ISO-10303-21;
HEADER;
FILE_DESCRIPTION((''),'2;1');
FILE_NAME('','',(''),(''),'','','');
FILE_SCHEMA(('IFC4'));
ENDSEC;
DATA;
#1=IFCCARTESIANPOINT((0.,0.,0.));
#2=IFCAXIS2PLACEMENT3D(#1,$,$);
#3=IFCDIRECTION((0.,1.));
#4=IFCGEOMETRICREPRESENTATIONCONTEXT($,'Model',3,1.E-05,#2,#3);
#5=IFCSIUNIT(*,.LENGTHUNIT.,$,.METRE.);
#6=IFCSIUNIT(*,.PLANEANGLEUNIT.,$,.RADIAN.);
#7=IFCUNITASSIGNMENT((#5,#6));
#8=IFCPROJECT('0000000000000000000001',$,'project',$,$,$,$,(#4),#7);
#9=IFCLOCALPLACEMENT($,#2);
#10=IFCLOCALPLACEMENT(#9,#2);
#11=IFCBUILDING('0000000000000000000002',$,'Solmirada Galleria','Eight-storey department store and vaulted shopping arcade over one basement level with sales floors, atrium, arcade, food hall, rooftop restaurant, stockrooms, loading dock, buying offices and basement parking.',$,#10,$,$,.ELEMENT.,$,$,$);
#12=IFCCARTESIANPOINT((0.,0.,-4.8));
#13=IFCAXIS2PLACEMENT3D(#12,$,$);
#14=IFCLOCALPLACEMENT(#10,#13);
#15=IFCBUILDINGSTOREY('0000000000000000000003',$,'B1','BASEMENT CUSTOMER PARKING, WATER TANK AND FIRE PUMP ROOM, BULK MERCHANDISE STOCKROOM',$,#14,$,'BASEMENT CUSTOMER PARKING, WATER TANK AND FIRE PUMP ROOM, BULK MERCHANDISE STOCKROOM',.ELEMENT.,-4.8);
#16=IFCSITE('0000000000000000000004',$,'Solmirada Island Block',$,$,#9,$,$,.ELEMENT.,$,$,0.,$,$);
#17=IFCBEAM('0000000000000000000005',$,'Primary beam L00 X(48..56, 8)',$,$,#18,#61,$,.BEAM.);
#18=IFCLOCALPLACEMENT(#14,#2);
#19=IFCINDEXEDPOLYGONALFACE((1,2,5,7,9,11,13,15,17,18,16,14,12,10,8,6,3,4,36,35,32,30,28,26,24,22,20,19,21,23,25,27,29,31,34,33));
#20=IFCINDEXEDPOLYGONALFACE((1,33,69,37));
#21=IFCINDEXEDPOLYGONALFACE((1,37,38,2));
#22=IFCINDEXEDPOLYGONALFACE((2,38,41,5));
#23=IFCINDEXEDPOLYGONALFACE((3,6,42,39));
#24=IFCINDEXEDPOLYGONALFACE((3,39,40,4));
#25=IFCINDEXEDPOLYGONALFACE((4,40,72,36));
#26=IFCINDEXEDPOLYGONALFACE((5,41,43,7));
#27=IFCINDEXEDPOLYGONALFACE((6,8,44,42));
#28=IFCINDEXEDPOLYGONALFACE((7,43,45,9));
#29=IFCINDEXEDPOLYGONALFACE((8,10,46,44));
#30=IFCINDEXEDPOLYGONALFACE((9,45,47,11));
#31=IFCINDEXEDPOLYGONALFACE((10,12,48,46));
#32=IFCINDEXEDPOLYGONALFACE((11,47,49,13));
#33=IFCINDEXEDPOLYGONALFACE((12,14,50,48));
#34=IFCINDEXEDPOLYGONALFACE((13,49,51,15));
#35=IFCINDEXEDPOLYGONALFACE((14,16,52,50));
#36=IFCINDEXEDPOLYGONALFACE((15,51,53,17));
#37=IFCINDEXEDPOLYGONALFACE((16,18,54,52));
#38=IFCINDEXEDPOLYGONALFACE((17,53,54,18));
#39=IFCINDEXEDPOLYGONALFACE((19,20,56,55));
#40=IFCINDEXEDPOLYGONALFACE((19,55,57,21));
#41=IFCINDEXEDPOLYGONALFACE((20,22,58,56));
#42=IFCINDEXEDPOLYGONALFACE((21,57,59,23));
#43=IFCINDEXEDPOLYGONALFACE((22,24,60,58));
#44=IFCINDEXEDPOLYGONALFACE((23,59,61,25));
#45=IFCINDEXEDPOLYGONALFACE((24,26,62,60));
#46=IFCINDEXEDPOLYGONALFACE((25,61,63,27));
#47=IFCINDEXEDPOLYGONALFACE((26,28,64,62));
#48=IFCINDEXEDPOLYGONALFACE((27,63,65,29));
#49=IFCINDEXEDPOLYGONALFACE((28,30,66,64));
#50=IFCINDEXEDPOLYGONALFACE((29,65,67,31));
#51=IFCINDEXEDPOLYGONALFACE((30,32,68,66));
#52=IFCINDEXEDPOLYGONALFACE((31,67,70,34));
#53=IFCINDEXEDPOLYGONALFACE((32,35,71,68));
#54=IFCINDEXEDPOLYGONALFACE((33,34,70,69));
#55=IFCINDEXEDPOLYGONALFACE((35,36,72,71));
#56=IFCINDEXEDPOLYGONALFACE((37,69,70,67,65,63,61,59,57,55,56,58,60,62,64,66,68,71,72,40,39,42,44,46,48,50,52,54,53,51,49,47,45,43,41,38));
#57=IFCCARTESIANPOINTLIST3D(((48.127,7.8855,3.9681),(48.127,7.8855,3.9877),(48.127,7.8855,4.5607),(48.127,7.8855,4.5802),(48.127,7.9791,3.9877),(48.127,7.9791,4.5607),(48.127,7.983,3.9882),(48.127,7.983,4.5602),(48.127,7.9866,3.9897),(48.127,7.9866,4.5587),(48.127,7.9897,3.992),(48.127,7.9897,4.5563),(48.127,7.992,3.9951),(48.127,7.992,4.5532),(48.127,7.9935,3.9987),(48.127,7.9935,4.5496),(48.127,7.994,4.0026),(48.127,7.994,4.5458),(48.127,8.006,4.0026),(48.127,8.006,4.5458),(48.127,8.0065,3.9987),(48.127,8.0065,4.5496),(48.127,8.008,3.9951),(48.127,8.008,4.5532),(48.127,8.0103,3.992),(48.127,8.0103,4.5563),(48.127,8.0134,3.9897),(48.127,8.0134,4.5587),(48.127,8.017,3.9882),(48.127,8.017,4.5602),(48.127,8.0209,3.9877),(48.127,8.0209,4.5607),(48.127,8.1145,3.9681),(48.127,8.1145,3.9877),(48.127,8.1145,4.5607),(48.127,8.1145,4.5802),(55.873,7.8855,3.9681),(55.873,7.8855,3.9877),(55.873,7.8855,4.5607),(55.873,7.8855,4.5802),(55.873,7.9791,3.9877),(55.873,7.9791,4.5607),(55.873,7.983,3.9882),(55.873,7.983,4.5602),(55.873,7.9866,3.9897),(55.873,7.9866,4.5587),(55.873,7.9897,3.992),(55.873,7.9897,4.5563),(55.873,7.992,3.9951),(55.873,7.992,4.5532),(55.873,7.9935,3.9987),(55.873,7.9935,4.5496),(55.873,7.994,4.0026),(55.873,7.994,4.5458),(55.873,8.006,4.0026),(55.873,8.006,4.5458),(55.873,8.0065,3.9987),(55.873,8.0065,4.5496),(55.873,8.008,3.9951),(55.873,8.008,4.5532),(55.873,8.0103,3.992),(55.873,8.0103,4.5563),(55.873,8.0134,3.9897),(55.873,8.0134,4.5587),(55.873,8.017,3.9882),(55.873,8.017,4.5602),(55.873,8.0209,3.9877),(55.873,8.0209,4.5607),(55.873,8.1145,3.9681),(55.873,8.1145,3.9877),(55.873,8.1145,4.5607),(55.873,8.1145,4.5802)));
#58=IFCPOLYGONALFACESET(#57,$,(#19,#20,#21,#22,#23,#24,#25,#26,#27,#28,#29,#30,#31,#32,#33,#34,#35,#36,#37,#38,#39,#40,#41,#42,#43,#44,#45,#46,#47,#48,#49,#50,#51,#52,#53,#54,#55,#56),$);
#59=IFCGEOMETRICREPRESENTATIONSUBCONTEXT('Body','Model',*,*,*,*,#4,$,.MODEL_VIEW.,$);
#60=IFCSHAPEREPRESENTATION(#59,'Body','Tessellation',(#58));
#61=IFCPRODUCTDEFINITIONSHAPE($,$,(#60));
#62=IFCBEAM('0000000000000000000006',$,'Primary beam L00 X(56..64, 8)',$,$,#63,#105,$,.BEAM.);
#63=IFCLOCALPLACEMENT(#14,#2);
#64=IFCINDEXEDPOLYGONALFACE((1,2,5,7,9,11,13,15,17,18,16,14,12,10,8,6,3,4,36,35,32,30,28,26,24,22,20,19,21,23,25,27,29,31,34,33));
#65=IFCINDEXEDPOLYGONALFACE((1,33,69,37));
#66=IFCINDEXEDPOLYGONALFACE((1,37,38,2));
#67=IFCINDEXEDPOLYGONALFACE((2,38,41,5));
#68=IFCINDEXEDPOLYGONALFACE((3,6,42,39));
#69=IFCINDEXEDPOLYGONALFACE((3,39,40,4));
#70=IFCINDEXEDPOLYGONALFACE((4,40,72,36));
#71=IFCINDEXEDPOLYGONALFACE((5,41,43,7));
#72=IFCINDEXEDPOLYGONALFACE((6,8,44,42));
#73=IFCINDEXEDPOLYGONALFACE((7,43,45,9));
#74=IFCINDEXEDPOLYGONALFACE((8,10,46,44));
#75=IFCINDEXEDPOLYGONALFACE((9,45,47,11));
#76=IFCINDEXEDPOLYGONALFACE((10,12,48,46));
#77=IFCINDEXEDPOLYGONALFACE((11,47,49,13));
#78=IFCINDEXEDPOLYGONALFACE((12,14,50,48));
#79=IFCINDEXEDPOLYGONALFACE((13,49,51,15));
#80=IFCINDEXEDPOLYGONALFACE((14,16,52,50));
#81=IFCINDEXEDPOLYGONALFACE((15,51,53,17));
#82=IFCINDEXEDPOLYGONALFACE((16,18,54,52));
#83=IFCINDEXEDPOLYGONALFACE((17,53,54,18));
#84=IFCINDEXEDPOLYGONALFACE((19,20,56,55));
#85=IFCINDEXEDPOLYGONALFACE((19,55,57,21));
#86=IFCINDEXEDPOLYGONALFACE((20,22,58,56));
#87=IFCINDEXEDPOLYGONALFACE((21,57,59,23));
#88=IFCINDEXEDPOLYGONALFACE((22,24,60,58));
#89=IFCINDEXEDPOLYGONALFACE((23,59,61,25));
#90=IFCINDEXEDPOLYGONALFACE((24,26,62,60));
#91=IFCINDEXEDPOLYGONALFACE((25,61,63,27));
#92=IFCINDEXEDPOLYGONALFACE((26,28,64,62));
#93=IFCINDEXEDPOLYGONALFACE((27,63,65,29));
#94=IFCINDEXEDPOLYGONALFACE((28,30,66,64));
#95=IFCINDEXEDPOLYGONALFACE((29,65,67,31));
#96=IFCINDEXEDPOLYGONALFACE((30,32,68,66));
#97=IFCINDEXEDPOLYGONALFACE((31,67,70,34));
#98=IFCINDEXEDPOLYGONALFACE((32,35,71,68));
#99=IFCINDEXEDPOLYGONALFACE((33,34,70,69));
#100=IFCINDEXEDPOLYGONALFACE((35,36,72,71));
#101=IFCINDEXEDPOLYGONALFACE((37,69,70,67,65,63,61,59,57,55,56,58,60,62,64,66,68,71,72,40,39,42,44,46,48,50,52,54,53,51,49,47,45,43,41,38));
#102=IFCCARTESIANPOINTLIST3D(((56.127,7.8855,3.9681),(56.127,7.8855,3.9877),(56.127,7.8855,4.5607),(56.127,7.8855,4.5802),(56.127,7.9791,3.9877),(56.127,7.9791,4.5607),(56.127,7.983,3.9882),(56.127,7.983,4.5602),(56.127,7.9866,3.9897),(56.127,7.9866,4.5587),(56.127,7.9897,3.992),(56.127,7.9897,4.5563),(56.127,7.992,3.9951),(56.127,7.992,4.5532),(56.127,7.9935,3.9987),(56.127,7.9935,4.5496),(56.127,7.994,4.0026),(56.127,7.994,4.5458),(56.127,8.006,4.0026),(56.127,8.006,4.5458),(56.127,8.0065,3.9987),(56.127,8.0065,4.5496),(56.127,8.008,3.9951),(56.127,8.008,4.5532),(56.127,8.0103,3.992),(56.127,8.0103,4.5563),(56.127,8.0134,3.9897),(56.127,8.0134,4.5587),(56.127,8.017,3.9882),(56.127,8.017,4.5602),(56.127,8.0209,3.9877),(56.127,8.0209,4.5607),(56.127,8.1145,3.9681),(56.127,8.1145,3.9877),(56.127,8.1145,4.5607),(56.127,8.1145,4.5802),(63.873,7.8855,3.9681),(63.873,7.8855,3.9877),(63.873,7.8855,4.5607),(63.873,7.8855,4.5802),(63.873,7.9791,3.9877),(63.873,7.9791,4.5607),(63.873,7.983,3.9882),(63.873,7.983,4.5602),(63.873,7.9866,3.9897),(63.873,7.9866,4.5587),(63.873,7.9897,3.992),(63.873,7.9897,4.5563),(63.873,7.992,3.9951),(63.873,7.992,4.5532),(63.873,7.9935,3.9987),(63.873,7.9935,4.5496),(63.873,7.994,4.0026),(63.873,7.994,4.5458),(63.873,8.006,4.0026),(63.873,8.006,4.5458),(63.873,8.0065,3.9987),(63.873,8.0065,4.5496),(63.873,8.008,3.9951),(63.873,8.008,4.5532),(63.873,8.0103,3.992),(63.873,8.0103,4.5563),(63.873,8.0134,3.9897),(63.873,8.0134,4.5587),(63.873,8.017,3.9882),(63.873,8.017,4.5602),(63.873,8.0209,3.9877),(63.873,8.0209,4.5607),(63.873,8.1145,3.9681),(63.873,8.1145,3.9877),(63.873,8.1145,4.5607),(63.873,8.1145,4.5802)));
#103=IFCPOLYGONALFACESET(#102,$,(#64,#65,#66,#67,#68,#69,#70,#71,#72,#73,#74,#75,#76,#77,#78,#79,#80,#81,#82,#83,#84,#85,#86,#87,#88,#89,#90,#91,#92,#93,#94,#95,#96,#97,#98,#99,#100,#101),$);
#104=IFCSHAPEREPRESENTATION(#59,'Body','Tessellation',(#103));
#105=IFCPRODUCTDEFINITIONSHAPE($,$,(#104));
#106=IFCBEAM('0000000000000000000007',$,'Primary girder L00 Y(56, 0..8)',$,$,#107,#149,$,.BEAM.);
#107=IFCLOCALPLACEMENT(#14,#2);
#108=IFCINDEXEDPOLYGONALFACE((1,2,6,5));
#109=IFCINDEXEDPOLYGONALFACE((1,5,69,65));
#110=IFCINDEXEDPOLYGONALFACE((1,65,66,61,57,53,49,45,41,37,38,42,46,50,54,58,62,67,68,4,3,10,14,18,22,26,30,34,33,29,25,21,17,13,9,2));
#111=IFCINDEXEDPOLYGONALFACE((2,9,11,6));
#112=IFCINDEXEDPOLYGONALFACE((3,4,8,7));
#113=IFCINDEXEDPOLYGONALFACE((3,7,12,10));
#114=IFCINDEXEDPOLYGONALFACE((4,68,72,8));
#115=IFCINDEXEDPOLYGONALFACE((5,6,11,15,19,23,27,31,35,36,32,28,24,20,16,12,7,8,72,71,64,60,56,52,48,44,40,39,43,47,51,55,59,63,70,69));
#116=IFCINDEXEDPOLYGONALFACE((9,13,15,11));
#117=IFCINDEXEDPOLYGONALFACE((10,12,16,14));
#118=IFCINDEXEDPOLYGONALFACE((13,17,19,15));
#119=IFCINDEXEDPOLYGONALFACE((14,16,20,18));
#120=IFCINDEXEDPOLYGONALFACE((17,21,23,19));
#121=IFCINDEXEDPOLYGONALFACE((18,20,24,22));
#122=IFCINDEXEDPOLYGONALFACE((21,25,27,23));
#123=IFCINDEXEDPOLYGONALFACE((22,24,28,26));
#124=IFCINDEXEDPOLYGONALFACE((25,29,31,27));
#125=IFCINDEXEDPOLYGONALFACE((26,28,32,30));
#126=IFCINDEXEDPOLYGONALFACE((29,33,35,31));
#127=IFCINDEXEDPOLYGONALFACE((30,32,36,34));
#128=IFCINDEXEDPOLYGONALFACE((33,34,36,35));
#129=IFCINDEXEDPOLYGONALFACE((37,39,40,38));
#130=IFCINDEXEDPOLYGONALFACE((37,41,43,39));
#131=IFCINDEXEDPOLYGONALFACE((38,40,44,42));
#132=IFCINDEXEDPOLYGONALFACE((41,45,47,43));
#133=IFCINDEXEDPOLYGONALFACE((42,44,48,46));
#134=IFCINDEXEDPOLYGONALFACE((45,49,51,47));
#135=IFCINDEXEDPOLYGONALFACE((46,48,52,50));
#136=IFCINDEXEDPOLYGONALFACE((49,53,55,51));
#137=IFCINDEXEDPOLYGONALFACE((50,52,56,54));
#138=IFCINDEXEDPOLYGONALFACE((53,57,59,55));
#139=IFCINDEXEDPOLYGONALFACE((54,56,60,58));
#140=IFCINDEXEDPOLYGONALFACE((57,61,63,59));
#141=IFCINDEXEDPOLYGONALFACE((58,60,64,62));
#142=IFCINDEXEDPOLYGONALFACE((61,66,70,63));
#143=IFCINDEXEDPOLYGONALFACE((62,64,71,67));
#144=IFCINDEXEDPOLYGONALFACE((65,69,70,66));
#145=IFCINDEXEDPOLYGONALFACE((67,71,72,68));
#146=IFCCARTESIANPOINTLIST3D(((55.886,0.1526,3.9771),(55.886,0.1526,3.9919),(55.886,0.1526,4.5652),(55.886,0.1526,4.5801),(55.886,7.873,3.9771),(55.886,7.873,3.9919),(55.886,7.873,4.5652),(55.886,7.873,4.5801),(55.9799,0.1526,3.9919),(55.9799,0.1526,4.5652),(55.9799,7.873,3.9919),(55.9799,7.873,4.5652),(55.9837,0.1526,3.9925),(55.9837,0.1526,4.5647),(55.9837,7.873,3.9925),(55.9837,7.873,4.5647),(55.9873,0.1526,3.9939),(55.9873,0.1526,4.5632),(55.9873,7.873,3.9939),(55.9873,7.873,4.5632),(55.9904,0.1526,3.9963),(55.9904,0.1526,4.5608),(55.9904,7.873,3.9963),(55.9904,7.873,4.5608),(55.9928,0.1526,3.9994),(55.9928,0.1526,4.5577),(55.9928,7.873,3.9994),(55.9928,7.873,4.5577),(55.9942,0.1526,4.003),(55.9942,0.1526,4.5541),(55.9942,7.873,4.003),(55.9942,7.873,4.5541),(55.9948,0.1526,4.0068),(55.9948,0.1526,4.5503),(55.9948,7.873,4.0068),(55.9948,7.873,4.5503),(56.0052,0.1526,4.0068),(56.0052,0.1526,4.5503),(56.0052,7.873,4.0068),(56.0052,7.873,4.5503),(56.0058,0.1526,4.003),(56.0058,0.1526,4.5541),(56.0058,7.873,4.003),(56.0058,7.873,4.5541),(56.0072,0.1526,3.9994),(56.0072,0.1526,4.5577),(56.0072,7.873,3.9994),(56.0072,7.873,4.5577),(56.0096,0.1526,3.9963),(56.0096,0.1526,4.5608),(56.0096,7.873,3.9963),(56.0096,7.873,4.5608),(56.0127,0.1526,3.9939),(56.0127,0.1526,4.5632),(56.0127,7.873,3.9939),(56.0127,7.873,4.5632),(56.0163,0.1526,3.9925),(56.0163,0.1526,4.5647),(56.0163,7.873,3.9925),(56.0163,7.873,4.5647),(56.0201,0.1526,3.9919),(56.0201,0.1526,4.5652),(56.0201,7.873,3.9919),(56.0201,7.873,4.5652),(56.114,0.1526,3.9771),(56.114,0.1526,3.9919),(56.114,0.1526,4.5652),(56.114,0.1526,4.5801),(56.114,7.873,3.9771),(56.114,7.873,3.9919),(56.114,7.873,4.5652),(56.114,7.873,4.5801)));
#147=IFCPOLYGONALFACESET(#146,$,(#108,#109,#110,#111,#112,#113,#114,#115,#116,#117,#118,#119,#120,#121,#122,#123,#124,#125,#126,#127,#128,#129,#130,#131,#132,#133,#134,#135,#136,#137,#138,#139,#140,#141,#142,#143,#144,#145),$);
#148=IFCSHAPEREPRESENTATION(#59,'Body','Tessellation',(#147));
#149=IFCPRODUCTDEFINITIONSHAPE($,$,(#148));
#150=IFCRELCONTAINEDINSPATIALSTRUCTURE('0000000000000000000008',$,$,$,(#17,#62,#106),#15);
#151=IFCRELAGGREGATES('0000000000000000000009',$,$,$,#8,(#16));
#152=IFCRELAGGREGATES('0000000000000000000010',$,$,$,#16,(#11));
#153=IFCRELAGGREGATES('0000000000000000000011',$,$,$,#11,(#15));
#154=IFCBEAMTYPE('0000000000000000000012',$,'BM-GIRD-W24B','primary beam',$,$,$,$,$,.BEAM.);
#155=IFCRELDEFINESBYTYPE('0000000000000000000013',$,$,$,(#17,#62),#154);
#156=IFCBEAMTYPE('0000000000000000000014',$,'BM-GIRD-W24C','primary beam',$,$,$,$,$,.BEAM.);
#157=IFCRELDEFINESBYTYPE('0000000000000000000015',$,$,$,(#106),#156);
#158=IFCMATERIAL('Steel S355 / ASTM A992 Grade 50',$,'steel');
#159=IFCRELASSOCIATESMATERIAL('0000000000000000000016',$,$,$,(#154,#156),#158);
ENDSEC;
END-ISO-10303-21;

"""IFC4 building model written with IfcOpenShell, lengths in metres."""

from ifc_helpers import new_model, si_unit, direction, frame, origin, origin_2d, place, context, subcontext, project, spatial, i_section, extrude, material, material_profile, profile_set, type_object, element, save


model = new_model("IFC4")

# Units and contexts
model_context = context("Model", 3, precision=1e-05, world=origin(), true_north=direction((0.0, 1.0)))
body_context = subcontext(model_context, "Body", "Model", "MODEL_VIEW")
ifc_project = project(units=[si_unit("LENGTHUNIT", "METRE"), si_unit("PLANEANGLEUNIT", "RADIAN")], contexts=[model_context])

# Site, building, storey
site_placement = place(None, origin())
site = spatial("IfcSite", under=ifc_project, at=site_placement, Name="Solmirada Island Block", CompositionType="ELEMENT", RefElevation=0.0)
building_placement = place(site_placement, origin())
building = spatial("IfcBuilding", under=site, at=building_placement, Name="Solmirada Galleria", Description="Eight-storey department store and vaulted shopping arcade over one basement level with sales floors, atrium, arcade, food hall, rooftop restaurant, stockrooms, loading dock, buying offices and basement parking.", CompositionType="ELEMENT")
storey_placement = place(building_placement, frame((0.0, 0.0, -4.8)))
storey = spatial("IfcBuildingStorey", under=building, at=storey_placement, Name="B1", Description="BASEMENT CUSTOMER PARKING, WATER TANK AND FIRE PUMP ROOM, BULK MERCHANDISE STOCKROOM", LongName="BASEMENT CUSTOMER PARKING, WATER TANK AND FIRE PUMP ROOM, BULK MERCHANDISE STOCKROOM", CompositionType="ELEMENT", Elevation=-4.8)

# Beams
ifc_material_1 = material(Name="Steel S355 / ASTM A992 Grade 50", Category="steel")
ifc_material_profile_1 = material_profile(ifc_material_1, i_section(OverallWidth=0.229, OverallDepth=0.6121, WebThickness=0.012, FlangeThickness=0.0195, FilletRadius=0.0149, at=origin_2d()), Name="W24X84")
ifc_profile_set_1 = profile_set([ifc_material_profile_1], Name="Steel S355 / ASTM A992 Grade 50")
beam_type_1 = type_object("IfcBeamType", Name="BM-GIRD-W24B", Description="primary beam", PredefinedType="BEAM", material=ifc_profile_set_1)
for number, where, z_axis, x_axis, name in (
    (1, (48.127, 8.0, 4.2742), (1.0, 0.0, 0.0), (0.0, 1.0, 0.0), "Primary beam L00 X(48..56, 8)"),
    (2, (56.127, 8.0, 4.2742), (1.0, 0.0, 0.0), (0.0, 1.0, 0.0), "Primary beam L00 X(56..64, 8)"),
):
    element("IfcBeam", number, at=place(storey_placement, frame(where, z_axis=z_axis, x_axis=x_axis)), inside=storey, type_object=beam_type_1, Name=name, PredefinedType="BEAM", context=body_context, shape_type="SweptSolid", body=[
        extrude(i_section(OverallWidth=0.229, OverallDepth=0.6121, WebThickness=0.012, FlangeThickness=0.0195, FilletRadius=0.0149, at=origin_2d()), origin(), (0.0, 0.0, 1.0), 7.7461),
    ])
ifc_material_profile_2 = material_profile(ifc_material_1, i_section(OverallWidth=0.228, OverallDepth=0.603, WebThickness=0.0105, FlangeThickness=0.0149, FilletRadius=0.0149, at=origin_2d()), Name="W24X68")
ifc_profile_set_2 = profile_set([ifc_material_profile_2], Name="Steel S355 / ASTM A992 Grade 50")
beam_type_2 = type_object("IfcBeamType", Name="BM-GIRD-W24C", Description="primary beam", PredefinedType="BEAM", material=ifc_profile_set_2)
beam_1_placement = place(storey_placement, frame((56.0, 0.1526, 4.2786), z_axis=(0.0, 1.0, 0.0), x_axis=(-1.0, 0.0, 0.0)))
element("IfcBeam", 3, at=beam_1_placement, inside=storey, type_object=beam_type_2, Name="Primary girder L00 Y(56, 0..8)", PredefinedType="BEAM", context=body_context, shape_type="SweptSolid", body=[
    extrude(i_section(OverallWidth=0.228, OverallDepth=0.603, WebThickness=0.0105, FlangeThickness=0.0149, FilletRadius=0.0149, at=origin_2d()), origin(), (0.0, 0.0, 1.0), 7.7205),
])

save(model, "model.ifc")
